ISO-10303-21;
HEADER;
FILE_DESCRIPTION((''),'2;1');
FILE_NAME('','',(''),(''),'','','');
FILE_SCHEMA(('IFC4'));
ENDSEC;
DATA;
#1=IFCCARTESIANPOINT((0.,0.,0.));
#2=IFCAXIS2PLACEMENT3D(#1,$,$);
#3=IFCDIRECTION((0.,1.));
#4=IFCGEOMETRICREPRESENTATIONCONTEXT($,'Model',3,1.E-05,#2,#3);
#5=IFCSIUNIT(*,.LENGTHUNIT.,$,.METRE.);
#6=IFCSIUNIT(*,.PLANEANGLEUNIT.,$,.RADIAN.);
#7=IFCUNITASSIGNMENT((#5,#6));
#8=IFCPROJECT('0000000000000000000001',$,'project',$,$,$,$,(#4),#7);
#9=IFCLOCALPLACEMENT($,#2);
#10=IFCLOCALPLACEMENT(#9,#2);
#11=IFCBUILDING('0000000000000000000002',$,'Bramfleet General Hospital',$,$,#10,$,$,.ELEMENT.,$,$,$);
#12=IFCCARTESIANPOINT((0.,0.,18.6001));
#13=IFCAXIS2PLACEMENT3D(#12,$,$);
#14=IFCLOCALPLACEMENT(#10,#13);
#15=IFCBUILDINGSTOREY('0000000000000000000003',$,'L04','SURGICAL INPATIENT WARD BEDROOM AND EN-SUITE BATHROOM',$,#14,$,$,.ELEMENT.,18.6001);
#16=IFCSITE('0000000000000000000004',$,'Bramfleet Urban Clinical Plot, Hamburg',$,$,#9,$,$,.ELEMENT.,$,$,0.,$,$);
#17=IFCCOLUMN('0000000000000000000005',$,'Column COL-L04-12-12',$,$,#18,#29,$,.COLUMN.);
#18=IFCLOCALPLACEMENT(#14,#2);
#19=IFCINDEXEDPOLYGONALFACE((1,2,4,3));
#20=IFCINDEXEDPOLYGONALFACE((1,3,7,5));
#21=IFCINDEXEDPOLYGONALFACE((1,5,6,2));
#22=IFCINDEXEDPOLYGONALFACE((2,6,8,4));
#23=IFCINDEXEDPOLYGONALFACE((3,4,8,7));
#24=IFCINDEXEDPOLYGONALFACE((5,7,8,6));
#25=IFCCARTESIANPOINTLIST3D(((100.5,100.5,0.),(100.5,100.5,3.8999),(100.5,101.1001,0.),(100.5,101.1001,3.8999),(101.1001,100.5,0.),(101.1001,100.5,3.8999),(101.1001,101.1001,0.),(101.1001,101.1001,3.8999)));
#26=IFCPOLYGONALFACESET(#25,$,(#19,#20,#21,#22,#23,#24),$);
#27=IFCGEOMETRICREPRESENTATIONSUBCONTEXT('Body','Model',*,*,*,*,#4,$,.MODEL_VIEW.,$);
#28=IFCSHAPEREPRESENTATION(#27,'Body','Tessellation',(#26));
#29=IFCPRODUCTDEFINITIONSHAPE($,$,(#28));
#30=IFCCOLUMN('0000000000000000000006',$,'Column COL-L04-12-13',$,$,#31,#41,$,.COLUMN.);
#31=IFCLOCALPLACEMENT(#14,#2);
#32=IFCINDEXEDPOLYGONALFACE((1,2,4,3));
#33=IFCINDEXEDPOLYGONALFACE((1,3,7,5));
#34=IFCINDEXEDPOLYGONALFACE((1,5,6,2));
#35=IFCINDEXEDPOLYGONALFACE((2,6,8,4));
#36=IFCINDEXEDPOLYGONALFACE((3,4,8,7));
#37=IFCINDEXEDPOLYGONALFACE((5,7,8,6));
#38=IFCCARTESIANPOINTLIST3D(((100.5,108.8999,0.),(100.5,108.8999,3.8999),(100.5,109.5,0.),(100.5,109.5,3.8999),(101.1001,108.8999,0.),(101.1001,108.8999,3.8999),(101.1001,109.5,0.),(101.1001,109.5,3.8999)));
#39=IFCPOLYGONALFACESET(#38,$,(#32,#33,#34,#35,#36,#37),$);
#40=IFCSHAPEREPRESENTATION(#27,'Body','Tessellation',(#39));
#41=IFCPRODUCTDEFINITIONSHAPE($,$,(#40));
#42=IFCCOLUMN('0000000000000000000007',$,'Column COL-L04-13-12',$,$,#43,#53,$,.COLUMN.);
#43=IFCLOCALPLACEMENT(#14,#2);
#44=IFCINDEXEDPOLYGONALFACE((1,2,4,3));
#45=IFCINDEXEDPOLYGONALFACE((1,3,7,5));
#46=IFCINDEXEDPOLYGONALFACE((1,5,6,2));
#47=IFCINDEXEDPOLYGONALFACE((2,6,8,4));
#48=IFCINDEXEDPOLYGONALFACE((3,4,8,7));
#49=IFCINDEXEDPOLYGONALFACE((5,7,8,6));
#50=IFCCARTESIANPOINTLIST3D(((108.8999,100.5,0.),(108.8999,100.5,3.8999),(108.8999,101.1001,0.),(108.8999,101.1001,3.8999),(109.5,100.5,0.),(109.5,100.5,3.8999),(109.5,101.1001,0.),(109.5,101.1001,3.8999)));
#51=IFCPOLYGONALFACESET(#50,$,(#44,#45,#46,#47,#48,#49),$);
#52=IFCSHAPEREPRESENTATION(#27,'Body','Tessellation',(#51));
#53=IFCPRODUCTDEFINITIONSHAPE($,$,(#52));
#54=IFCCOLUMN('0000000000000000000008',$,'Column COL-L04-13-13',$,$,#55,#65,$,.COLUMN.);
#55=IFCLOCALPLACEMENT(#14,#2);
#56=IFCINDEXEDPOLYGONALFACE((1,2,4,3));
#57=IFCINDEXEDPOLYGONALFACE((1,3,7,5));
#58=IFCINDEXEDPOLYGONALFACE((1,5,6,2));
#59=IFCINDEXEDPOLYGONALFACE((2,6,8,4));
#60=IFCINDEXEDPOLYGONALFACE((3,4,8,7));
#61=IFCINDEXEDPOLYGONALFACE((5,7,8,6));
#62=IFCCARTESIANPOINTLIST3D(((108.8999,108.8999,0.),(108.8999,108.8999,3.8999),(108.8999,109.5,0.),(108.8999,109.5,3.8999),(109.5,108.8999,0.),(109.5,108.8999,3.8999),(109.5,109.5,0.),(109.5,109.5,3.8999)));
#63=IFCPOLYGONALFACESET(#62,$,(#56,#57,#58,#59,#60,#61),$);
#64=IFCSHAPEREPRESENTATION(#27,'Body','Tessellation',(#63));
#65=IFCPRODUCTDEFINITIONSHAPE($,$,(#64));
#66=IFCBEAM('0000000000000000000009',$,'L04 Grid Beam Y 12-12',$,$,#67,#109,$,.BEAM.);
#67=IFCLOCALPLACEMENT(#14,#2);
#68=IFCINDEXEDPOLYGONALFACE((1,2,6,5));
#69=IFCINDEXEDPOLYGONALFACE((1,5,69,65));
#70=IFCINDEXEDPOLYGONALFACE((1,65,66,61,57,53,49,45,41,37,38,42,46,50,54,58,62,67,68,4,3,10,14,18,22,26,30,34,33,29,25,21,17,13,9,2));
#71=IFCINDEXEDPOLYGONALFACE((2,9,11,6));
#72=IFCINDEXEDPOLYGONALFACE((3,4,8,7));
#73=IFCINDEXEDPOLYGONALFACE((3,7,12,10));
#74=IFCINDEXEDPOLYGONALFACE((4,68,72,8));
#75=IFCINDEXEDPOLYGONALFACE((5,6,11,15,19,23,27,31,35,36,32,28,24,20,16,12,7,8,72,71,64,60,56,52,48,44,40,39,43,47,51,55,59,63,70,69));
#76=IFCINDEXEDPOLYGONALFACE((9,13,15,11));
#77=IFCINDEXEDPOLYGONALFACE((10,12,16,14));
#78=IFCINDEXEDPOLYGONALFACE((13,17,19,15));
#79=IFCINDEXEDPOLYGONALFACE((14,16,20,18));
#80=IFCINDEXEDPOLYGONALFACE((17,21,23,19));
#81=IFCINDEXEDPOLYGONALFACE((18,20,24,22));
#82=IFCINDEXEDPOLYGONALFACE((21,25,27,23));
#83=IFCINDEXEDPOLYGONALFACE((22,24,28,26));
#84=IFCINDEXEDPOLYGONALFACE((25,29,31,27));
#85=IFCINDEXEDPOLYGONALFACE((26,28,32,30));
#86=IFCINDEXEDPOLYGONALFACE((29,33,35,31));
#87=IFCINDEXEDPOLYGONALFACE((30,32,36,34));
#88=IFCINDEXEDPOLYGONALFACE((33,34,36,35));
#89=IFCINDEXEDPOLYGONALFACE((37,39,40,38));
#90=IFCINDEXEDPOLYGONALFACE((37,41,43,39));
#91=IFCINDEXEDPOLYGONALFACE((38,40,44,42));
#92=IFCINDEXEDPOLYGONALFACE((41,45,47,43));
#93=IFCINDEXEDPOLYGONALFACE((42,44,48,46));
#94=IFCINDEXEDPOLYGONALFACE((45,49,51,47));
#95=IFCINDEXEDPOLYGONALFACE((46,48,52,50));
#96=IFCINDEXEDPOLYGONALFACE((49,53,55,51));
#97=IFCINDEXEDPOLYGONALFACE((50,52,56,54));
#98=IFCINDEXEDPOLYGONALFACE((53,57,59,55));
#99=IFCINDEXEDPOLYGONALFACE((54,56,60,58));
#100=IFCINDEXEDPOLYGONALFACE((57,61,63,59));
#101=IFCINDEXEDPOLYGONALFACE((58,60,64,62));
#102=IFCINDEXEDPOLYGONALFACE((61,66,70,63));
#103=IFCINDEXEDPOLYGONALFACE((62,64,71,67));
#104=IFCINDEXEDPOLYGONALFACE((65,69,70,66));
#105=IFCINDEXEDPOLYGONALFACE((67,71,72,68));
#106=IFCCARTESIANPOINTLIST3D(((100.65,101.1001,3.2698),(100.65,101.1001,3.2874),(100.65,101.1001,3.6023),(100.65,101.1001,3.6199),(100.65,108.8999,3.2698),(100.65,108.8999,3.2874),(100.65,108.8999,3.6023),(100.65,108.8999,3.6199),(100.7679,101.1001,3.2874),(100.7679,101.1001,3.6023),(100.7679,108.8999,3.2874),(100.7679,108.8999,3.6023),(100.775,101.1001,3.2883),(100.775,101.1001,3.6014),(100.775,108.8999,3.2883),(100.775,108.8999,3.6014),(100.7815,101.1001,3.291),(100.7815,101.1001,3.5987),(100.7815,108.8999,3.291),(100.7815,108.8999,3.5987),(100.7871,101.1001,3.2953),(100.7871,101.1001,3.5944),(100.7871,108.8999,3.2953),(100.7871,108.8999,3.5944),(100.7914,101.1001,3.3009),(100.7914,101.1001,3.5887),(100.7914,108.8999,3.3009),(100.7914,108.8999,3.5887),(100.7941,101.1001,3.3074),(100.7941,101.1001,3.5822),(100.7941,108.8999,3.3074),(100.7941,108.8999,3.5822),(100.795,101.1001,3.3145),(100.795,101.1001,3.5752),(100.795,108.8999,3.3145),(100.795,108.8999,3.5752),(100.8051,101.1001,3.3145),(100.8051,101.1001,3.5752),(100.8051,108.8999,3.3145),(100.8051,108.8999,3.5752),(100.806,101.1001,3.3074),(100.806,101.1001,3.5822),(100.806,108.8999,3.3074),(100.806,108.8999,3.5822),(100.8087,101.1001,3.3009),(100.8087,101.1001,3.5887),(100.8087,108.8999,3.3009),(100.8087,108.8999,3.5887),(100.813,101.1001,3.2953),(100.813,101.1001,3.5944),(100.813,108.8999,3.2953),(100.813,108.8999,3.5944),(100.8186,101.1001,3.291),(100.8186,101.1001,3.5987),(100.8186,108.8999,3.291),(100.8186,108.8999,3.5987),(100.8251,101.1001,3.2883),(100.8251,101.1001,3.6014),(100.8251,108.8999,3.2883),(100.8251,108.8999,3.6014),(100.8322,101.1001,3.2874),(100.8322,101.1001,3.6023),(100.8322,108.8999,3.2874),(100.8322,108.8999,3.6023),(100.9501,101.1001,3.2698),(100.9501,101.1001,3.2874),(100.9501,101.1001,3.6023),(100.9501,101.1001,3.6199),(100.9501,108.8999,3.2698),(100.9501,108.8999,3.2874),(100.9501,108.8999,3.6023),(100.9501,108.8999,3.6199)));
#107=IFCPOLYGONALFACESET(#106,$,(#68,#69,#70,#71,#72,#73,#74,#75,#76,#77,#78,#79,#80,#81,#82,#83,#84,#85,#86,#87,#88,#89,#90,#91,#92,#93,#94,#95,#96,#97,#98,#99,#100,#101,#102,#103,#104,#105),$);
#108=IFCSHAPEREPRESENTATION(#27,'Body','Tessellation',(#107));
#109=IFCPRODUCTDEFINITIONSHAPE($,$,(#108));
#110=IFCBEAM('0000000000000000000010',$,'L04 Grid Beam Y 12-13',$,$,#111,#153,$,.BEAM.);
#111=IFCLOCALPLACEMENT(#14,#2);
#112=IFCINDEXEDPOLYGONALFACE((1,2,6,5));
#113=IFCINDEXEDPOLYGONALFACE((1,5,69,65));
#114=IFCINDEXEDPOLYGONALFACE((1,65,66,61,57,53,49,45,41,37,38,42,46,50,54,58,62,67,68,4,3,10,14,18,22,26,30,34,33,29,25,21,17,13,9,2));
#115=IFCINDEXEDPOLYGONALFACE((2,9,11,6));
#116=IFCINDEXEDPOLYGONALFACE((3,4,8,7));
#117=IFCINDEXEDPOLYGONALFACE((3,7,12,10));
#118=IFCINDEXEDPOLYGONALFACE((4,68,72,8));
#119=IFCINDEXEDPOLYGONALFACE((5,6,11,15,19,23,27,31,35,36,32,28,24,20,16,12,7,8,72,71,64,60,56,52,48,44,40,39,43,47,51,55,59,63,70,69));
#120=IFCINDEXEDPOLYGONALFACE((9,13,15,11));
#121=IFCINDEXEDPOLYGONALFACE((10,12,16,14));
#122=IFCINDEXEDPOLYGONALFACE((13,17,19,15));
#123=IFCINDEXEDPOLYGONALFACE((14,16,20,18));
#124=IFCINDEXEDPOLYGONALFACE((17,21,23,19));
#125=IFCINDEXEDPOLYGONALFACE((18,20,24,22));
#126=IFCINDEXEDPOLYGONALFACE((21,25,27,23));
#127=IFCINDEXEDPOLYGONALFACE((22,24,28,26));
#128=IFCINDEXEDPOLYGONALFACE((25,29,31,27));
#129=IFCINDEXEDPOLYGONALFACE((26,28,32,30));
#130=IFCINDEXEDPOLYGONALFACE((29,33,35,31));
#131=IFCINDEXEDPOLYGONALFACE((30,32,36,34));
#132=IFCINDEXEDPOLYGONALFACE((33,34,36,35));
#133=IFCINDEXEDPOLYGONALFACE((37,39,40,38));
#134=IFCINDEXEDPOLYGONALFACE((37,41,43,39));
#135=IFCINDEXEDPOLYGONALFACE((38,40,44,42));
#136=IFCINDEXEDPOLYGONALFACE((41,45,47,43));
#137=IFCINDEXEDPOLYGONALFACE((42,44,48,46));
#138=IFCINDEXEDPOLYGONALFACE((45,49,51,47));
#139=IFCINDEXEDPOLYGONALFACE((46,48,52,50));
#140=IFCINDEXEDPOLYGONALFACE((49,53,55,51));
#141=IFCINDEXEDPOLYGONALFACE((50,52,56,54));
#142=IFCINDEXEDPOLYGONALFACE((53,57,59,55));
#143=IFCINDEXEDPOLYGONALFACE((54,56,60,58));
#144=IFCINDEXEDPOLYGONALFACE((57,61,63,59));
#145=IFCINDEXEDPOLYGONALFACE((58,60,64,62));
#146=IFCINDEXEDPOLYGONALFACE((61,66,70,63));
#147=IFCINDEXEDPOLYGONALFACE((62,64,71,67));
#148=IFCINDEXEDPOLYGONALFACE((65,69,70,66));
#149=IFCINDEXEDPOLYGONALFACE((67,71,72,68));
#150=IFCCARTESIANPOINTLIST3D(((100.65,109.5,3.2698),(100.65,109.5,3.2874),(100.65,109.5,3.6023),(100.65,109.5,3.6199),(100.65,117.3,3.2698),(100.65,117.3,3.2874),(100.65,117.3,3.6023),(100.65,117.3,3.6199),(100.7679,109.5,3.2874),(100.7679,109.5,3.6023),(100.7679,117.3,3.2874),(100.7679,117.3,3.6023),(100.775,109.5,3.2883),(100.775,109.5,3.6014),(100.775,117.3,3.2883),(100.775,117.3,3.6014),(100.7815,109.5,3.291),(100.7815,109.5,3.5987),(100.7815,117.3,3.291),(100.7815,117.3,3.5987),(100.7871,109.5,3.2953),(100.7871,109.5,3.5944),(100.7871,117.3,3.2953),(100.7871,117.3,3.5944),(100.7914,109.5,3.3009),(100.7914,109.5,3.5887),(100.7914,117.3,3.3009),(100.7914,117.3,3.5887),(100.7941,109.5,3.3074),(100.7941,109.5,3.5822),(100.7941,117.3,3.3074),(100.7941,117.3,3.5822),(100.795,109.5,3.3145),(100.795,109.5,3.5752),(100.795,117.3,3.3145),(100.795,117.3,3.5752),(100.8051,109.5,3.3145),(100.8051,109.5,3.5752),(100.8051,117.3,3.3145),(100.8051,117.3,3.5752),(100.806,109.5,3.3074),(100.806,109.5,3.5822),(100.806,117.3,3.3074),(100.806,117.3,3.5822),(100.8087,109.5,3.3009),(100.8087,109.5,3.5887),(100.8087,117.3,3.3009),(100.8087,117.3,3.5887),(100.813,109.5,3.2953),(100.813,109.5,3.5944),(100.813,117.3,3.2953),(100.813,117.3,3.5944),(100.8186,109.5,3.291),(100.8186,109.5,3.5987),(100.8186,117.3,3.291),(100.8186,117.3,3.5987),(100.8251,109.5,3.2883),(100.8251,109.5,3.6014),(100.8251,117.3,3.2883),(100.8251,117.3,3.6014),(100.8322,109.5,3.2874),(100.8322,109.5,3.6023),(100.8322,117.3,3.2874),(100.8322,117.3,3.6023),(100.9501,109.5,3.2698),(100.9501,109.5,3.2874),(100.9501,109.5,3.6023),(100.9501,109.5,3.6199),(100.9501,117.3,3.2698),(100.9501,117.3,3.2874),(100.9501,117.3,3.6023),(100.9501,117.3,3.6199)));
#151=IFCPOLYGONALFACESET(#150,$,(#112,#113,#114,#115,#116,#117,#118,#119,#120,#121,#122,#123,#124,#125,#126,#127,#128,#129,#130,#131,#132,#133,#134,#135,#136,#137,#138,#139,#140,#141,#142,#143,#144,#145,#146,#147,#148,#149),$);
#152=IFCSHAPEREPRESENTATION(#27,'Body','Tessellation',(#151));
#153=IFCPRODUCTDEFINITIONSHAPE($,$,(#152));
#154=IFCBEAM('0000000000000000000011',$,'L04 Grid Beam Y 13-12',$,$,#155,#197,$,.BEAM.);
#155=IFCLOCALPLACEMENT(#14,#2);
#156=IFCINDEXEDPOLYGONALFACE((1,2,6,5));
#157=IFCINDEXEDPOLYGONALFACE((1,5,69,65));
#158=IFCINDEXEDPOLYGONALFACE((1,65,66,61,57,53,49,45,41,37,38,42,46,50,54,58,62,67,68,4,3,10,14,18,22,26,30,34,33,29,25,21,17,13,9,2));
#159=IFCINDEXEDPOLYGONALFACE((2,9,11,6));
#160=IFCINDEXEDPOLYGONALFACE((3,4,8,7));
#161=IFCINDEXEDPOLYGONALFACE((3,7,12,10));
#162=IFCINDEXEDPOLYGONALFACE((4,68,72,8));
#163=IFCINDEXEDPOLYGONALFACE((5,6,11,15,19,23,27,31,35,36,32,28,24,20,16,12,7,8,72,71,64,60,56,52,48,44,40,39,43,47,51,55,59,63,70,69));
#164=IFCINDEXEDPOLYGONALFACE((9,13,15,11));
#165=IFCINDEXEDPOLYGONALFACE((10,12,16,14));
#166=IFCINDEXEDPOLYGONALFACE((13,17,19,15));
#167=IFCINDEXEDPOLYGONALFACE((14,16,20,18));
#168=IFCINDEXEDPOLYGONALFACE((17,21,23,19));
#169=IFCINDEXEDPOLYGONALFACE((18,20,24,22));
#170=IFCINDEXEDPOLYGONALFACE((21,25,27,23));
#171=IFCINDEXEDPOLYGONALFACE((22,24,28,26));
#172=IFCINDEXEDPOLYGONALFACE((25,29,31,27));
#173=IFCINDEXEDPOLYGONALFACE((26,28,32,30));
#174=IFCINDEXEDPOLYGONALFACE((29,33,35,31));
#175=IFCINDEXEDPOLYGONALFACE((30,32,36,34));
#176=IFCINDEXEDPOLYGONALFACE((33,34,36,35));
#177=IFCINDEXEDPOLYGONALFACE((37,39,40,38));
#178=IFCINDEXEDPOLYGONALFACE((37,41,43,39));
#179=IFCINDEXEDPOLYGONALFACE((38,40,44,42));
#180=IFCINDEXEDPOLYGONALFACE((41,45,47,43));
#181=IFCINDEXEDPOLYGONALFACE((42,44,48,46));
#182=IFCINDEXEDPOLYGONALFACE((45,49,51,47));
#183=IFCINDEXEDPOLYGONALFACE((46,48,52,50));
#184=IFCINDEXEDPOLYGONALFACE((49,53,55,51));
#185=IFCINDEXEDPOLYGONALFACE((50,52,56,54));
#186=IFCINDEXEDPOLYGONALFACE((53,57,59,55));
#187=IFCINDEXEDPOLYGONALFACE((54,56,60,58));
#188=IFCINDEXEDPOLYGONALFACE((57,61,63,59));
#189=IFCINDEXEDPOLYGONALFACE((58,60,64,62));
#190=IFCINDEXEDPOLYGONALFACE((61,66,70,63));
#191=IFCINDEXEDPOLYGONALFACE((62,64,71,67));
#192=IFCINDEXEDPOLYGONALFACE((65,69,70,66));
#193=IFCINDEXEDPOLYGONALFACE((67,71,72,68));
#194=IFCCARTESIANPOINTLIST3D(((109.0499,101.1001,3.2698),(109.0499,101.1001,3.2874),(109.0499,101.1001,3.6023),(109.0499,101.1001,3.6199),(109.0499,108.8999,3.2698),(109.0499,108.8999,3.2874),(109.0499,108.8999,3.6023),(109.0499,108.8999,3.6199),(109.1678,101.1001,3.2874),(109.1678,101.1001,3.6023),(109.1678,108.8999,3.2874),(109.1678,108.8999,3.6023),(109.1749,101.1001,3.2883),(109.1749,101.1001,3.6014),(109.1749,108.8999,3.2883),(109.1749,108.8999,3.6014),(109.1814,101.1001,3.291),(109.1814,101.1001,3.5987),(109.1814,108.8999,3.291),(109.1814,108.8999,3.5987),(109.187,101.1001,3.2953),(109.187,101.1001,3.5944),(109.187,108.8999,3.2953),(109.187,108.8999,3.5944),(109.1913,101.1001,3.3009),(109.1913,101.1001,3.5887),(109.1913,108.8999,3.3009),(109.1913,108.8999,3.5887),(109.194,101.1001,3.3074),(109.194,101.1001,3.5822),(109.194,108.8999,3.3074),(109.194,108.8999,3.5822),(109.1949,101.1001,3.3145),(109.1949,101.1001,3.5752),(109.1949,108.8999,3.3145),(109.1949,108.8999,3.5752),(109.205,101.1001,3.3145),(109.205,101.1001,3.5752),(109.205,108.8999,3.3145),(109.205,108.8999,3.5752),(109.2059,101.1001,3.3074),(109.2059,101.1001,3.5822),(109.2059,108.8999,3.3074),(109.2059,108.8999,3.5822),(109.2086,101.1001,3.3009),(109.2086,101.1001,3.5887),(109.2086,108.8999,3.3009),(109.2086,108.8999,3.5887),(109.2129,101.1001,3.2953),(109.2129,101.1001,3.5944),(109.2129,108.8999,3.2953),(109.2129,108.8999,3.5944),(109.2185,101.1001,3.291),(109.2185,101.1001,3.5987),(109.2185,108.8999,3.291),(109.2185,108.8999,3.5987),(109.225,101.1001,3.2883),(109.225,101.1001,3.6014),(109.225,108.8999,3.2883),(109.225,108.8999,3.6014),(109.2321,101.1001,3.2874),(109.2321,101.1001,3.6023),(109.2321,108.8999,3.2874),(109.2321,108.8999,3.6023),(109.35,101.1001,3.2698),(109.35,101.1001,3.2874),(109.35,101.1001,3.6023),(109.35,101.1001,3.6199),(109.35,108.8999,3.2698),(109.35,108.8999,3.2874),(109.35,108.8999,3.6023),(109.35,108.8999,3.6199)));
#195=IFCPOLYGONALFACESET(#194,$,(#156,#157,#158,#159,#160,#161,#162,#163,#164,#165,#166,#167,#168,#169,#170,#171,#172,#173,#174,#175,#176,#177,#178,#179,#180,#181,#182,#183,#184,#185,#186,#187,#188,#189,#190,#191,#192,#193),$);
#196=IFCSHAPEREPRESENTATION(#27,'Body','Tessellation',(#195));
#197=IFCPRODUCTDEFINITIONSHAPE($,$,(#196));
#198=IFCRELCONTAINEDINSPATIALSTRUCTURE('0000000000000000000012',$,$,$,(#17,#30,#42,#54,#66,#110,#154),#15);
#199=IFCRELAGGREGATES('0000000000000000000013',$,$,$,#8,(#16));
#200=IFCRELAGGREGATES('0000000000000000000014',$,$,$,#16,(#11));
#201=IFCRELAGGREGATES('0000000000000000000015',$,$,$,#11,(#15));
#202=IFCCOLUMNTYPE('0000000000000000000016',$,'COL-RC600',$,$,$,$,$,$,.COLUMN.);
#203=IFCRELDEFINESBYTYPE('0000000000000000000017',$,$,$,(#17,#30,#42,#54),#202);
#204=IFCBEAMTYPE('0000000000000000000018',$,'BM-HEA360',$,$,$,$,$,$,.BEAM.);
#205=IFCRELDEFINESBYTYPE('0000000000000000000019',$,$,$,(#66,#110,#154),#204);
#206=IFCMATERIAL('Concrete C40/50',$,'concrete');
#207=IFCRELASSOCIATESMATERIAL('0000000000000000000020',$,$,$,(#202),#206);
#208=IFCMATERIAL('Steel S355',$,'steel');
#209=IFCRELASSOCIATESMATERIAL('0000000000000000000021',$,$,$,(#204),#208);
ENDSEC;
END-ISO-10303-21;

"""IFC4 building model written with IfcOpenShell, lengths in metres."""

from ifc_helpers import new_model, si_unit, direction, frame, origin, origin_2d, place, context, subcontext, project, spatial, rectangle, i_section, extrude, material, material_profile, profile_set, type_object, element, save


model = new_model("IFC4")

# Units and contexts
model_context = context("Model", 3, precision=1e-05, world=origin(), true_north=direction((0.0, 1.0)))
body_context = subcontext(model_context, "Body", "Model", "MODEL_VIEW")
ifc_project = project(units=[si_unit("LENGTHUNIT", "METRE"), si_unit("PLANEANGLEUNIT", "RADIAN")], contexts=[model_context])

# Site, building, storey
site_placement = place(None, origin())
site = spatial("IfcSite", under=ifc_project, at=site_placement, Name="Bramfleet Urban Clinical Plot, Hamburg", CompositionType="ELEMENT", RefElevation=0.0)
building_placement = place(site_placement, origin())
building = spatial("IfcBuilding", under=site, at=building_placement, Name="Bramfleet General Hospital", CompositionType="ELEMENT")
storey_placement = place(building_placement, frame((0.0, 0.0, 18.6001)))
storey = spatial("IfcBuildingStorey", under=building, at=storey_placement, Name="L04", Description="SURGICAL INPATIENT WARD BEDROOM AND EN-SUITE BATHROOM", CompositionType="ELEMENT", Elevation=18.6001)

# Columns
ifc_material_1 = material(Name="Concrete C40/50", Category="concrete")
ifc_material_profile_1 = material_profile(ifc_material_1, rectangle(XDim=0.6001, YDim=0.6001, at=origin_2d()), Name="RC COL 600x600")
ifc_profile_set_1 = profile_set([ifc_material_profile_1], Name="Concrete C40/50")
column_type = type_object("IfcColumnType", Name="COL-RC600", PredefinedType="COLUMN", material=ifc_profile_set_1)
for number, where, z_axis, x_axis, name in (
    (1, (100.8, 100.8, 0.0), (0.0, 0.0, 1.0), (1.0, 0.0, 0.0), "Column COL-L04-12-12"),
    (2, (100.8, 109.2, 0.0), (0.0, 0.0, 1.0), (1.0, 0.0, 0.0), "Column COL-L04-12-13"),
    (3, (109.2, 100.8, 0.0), (0.0, 0.0, 1.0), (1.0, 0.0, 0.0), "Column COL-L04-13-12"),
    (4, (109.2, 109.2, 0.0), (0.0, 0.0, 1.0), (1.0, 0.0, 0.0), "Column COL-L04-13-13"),
):
    element("IfcColumn", number, at=place(storey_placement, frame(where, z_axis=z_axis, x_axis=x_axis)), inside=storey, type_object=column_type, Name=name, PredefinedType="COLUMN", context=body_context, shape_type="SweptSolid", body=[
        extrude(rectangle(XDim=0.6001, YDim=0.6001, at=origin_2d()), origin(), (0.0, 0.0, 1.0), 3.8999),
    ])

# Beams
ifc_material_2 = material(Name="Steel S355", Category="steel")
ifc_material_profile_2 = material_profile(ifc_material_2, i_section(OverallWidth=0.3, OverallDepth=0.3501, WebThickness=0.01, FlangeThickness=0.0176, FilletRadius=0.0271, at=origin_2d()), Name="HEA 360")
ifc_profile_set_2 = profile_set([ifc_material_profile_2], Name="Steel S355")
beam_type_1 = type_object("IfcBeamType", Name="BM-HEA360", PredefinedType="BEAM", material=ifc_profile_set_2)
beam_1_placement = place(storey_placement, frame((100.8, 101.1001, 3.4448), z_axis=(0.0, 1.0, 0.0), x_axis=(-1.0, 0.0, 0.0)))
element("IfcBeam", 5, at=beam_1_placement, inside=storey, type_object=beam_type_1, Name="L04 Grid Beam Y 12-12", PredefinedType="BEAM", context=body_context, shape_type="SweptSolid", body=[
    extrude(i_section(OverallWidth=0.3, OverallDepth=0.3501, WebThickness=0.01, FlangeThickness=0.0176, FilletRadius=0.0271, at=origin_2d()), origin(), (0.0, 0.0, 1.0), 7.7998),
])
beam_2_placement = place(storey_placement, frame((100.8, 109.5, 3.4448), z_axis=(0.0, 1.0, 0.0), x_axis=(-1.0, 0.0, 0.0)))
element("IfcBeam", 6, at=beam_2_placement, inside=storey, type_object=beam_type_1, Name="L04 Grid Beam Y 12-13", PredefinedType="BEAM", context=body_context, shape_type="SweptSolid", body=[
    extrude(i_section(OverallWidth=0.3, OverallDepth=0.3501, WebThickness=0.01, FlangeThickness=0.0176, FilletRadius=0.0271, at=origin_2d()), origin(), (0.0, 0.0, 1.0), 7.8),
])
beam_3_placement = place(storey_placement, frame((109.2, 101.1001, 3.4448), z_axis=(0.0, 1.0, 0.0), x_axis=(-1.0, 0.0, 0.0)))
element("IfcBeam", 7, at=beam_3_placement, inside=storey, type_object=beam_type_1, Name="L04 Grid Beam Y 13-12", PredefinedType="BEAM", context=body_context, shape_type="SweptSolid", body=[
    extrude(i_section(OverallWidth=0.3, OverallDepth=0.3501, WebThickness=0.01, FlangeThickness=0.0176, FilletRadius=0.0271, at=origin_2d()), origin(), (0.0, 0.0, 1.0), 7.7998),
])

save(model, "model.ifc")
